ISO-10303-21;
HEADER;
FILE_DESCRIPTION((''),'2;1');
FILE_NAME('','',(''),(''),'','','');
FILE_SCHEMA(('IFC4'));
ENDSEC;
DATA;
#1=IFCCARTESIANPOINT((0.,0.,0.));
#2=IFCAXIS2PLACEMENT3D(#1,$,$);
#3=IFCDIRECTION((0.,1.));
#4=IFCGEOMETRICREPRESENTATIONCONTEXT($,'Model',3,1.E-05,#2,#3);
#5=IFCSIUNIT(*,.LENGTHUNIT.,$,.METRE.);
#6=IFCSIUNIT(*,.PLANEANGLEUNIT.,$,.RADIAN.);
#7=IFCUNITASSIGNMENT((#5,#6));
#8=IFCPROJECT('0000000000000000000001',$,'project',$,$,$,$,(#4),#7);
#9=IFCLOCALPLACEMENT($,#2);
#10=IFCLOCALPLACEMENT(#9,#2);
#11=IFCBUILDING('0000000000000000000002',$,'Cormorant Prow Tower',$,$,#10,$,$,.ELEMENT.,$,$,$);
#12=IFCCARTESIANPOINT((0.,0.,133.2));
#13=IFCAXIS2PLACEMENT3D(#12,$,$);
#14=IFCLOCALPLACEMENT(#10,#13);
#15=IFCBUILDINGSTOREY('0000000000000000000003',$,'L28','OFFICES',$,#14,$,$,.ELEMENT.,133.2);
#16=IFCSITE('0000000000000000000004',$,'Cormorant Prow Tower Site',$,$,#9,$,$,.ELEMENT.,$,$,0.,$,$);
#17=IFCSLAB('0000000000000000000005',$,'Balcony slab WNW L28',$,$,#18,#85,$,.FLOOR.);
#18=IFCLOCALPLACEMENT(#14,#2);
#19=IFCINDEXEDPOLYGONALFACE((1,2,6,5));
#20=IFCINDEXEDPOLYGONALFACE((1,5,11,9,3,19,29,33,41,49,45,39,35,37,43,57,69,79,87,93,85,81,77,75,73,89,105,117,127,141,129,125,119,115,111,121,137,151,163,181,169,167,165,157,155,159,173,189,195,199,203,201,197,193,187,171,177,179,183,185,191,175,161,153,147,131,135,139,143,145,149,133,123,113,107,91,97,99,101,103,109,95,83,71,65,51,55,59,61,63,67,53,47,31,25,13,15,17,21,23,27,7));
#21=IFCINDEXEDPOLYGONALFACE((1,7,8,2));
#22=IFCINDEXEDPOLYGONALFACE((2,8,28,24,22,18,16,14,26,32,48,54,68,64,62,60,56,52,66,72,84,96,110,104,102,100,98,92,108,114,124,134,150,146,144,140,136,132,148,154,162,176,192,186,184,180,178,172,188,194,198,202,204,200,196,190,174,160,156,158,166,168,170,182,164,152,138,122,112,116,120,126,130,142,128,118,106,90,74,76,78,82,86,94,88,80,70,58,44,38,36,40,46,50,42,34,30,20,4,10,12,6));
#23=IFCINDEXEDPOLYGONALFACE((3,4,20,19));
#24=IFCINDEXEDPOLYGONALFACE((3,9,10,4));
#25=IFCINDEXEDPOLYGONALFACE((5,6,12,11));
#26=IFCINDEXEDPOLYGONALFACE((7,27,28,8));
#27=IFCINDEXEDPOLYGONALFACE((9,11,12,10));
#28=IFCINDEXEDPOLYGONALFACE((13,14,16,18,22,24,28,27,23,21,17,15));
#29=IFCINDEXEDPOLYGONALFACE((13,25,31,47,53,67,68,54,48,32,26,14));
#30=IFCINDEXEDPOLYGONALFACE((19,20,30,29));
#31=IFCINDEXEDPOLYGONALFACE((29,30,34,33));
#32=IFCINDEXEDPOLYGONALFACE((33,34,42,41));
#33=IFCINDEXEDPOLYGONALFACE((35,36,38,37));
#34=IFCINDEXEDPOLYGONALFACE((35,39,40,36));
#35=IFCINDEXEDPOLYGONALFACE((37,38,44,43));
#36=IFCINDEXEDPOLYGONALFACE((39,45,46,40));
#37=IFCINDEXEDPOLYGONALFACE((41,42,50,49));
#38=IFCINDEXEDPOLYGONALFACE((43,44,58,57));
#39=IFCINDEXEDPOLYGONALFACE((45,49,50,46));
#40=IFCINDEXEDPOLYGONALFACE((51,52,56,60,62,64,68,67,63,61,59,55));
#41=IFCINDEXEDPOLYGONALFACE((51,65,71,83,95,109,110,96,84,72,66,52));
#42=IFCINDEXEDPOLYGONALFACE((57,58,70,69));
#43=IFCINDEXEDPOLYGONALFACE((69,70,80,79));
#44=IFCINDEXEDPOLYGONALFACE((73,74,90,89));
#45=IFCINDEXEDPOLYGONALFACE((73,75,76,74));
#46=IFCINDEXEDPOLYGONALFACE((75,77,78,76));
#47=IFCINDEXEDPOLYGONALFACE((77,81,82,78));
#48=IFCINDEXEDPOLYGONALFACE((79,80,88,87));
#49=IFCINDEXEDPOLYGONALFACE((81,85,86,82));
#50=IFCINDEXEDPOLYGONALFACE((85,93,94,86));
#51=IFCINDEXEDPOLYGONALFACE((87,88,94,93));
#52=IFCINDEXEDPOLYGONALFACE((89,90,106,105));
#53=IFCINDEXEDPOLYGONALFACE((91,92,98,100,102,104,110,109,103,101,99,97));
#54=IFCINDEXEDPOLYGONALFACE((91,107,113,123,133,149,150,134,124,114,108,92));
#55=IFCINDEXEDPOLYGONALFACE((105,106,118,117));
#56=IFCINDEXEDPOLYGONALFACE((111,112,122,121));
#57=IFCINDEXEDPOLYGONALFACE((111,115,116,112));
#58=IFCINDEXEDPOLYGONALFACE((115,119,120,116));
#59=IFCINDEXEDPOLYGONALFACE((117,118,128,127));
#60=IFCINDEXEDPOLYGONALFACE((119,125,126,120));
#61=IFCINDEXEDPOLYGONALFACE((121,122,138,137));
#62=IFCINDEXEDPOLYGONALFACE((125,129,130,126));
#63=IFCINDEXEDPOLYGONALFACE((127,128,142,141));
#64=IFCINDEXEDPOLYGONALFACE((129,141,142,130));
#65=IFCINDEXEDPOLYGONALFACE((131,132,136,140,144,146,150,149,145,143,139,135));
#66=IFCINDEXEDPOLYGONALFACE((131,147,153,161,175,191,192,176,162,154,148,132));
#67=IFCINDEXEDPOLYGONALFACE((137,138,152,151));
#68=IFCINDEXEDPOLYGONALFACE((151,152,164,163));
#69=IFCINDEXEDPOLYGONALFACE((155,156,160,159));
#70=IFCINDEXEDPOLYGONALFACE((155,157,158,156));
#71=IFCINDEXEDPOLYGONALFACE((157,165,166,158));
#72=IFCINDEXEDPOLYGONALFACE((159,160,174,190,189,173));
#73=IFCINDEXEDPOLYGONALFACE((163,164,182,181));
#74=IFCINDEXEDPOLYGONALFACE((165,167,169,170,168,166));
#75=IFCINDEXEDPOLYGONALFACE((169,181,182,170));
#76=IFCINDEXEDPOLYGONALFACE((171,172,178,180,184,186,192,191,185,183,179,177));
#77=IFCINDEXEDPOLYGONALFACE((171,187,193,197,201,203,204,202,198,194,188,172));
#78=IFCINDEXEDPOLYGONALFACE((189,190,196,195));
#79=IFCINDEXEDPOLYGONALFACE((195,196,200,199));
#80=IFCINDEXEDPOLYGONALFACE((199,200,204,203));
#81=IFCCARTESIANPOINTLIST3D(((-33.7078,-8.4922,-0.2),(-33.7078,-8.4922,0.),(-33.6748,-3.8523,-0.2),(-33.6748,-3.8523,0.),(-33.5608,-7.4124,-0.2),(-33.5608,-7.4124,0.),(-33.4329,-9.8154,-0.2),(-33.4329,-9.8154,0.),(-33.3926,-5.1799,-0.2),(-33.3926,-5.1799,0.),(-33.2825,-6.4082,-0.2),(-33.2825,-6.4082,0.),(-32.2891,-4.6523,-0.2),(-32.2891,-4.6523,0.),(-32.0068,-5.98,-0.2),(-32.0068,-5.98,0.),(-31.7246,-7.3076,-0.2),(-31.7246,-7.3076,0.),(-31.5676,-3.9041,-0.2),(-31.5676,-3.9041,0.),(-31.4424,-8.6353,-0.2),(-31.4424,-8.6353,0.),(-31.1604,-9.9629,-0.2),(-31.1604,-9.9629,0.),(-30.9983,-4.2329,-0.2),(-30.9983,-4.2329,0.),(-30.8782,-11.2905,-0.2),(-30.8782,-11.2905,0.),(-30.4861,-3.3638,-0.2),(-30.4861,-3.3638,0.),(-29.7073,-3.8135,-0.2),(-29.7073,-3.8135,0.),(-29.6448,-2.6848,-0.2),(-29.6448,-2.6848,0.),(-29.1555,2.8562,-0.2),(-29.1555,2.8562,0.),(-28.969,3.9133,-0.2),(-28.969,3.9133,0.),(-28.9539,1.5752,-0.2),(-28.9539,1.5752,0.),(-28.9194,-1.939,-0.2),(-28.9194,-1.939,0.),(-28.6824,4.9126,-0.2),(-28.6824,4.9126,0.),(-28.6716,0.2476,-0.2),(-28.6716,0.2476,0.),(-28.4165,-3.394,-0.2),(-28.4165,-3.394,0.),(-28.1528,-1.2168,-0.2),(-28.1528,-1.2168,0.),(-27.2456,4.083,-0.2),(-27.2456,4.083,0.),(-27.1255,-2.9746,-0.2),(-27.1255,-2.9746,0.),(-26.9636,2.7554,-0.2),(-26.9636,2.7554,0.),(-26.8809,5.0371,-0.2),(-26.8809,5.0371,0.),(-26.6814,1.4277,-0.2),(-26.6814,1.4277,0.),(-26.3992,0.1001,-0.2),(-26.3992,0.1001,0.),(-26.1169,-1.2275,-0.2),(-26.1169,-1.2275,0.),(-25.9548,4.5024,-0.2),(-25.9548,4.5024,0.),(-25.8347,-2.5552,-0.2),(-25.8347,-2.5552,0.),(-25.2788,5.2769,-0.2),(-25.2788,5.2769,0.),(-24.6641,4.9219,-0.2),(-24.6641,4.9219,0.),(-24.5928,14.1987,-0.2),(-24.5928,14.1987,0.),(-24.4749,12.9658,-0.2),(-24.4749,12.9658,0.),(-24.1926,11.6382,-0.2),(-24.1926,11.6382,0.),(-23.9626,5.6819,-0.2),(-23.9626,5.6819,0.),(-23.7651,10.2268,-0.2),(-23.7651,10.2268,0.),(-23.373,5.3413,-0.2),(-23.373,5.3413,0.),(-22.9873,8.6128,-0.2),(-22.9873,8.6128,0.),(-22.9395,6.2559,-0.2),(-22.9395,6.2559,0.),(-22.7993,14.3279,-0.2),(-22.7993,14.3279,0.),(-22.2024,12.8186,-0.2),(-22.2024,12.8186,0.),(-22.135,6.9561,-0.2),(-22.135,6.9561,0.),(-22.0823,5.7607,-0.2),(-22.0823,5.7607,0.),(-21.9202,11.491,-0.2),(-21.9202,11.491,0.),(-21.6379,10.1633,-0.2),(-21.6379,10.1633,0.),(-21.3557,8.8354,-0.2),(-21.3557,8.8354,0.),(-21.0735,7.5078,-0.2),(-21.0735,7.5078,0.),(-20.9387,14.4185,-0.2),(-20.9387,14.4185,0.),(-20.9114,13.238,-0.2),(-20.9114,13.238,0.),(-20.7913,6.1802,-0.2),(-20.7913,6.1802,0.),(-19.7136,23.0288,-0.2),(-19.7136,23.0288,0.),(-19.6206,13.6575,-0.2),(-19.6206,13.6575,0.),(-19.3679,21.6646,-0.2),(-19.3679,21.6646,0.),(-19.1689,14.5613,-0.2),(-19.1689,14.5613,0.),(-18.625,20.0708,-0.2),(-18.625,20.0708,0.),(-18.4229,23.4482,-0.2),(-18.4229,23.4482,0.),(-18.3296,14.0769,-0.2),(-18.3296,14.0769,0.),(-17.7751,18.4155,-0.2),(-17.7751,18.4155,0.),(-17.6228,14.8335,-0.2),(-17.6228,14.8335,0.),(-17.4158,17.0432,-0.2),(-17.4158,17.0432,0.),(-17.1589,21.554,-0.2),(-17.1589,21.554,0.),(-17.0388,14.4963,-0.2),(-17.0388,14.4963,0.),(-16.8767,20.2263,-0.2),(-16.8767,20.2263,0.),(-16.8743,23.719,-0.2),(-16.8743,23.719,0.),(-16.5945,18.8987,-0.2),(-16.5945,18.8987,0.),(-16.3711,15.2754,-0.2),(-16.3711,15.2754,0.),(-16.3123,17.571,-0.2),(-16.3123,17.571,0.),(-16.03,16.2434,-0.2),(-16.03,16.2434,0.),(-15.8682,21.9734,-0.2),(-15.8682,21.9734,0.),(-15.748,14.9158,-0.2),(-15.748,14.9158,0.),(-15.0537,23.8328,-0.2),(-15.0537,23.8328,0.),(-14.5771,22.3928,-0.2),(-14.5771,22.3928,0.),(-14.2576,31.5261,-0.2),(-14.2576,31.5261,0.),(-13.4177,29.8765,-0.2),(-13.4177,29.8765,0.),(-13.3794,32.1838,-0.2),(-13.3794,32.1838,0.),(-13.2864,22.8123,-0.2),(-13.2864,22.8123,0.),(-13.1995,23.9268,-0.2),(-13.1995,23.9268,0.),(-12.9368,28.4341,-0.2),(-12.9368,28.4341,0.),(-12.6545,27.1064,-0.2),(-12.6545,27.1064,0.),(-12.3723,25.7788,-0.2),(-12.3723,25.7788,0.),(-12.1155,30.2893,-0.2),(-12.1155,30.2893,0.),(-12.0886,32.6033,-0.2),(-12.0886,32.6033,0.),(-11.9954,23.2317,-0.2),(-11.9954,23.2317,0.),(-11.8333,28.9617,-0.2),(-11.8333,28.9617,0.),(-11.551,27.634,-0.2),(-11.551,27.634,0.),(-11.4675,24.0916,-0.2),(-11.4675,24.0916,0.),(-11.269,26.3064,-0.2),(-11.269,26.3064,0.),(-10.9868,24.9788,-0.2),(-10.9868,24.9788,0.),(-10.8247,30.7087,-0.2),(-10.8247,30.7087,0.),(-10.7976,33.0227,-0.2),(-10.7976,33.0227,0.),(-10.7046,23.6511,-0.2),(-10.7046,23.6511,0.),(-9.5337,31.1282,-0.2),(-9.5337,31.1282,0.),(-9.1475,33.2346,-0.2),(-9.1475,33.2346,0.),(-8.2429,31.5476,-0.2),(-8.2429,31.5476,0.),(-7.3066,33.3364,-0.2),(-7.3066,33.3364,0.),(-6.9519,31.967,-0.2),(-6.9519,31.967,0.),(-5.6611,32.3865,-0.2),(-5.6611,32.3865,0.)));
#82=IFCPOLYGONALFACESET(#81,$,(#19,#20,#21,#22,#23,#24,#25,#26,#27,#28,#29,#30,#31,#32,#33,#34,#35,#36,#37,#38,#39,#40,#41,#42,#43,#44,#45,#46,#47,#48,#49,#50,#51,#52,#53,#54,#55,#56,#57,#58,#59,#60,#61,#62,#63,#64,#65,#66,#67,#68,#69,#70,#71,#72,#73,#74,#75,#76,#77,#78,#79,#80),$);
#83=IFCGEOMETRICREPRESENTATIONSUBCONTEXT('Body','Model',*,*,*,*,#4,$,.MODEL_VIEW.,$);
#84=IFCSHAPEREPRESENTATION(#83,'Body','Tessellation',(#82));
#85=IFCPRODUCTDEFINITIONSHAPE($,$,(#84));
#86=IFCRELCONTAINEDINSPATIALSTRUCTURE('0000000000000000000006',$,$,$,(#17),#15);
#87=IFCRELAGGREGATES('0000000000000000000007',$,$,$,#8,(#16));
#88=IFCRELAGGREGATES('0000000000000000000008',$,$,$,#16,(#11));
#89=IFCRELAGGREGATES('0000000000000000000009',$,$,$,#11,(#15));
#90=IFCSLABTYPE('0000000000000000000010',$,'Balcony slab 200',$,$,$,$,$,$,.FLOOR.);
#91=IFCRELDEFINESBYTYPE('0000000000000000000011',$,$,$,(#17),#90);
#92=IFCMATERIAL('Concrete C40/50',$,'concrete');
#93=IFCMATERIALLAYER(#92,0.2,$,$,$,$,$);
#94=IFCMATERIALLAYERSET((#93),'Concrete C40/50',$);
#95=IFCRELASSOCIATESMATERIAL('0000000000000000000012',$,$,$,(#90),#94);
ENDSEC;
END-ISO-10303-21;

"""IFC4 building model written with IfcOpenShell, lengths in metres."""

from ifc_helpers import new_model, si_unit, direction, frame, origin, place, context, subcontext, project, spatial, polyline, outline, extrude, material, layer, layer_set, type_object, element, save


model = new_model("IFC4")

# Units and contexts
model_context = context("Model", 3, precision=1e-05, world=origin(), true_north=direction((0.0, 1.0)))
body_context = subcontext(model_context, "Body", "Model", "MODEL_VIEW")
ifc_project = project(units=[si_unit("LENGTHUNIT", "METRE"), si_unit("PLANEANGLEUNIT", "RADIAN")], contexts=[model_context])

# Site, building, storey
site_placement = place(None, origin())
site = spatial("IfcSite", under=ifc_project, at=site_placement, Name="Cormorant Prow Tower Site", CompositionType="ELEMENT", RefElevation=0.0)
building_placement = place(site_placement, origin())
building = spatial("IfcBuilding", under=site, at=building_placement, Name="Cormorant Prow Tower", CompositionType="ELEMENT")
storey_placement = place(building_placement, frame((0.0, 0.0, 133.2)))
storey = spatial("IfcBuildingStorey", under=building, at=storey_placement, Name="L28", Description="OFFICES", CompositionType="ELEMENT", Elevation=133.2)

# Slab
ifc_material_1 = material(Name="Concrete C40/50", Category="concrete")
ifc_layer_1 = layer(ifc_material_1, 0.2)
ifc_layer_set_1 = layer_set([ifc_layer_1], Name="Concrete C40/50")
slab_type_1 = type_object("IfcSlabType", Name="Balcony slab 200", PredefinedType="FLOOR", material=ifc_layer_set_1)
slab_1_placement = place(storey_placement, frame((0.0, 0.0, -0.2)))
element("IfcSlab", 1, at=slab_1_placement, inside=storey, type_object=slab_type_1, Name="Balcony slab WNW L28", PredefinedType="FLOOR", context=body_context, shape_type="SweptSolid", body=[
    extrude(outline(polyline([(-5.6611, 32.3865), (-7.3066, 33.3364), (-9.1475, 33.2346), (-10.7976, 33.0227), (-12.0886, 32.6033), (-13.3794, 32.1838), (-14.2576, 31.5261), (-13.4177, 29.8765), (-12.9368, 28.4341), (-12.6545, 27.1064), (-12.3723, 25.7788), (-11.4675, 24.0916), (-13.1995, 23.9268), (-15.0537, 23.8328), (-16.8743, 23.719), (-18.4229, 23.4482), (-19.7136, 23.0288), (-19.3679, 21.6646), (-18.625, 20.0708), (-17.7751, 18.4155), (-17.4158, 17.0432), (-16.3711, 15.2754), (-17.6228, 14.8335), (-19.1689, 14.5613), (-20.9387, 14.4185), (-22.7993, 14.3279), (-24.5928, 14.1987), (-24.4749, 12.9658), (-24.1926, 11.6382), (-23.7651, 10.2268), (-22.9873, 8.6128), (-22.135, 6.9561), (-22.9395, 6.2559), (-23.9626, 5.6819), (-25.2788, 5.2769), (-26.8809, 5.0371), (-28.6824, 4.9126), (-28.969, 3.9133), (-29.1555, 2.8562), (-28.9539, 1.5752), (-28.6716, 0.2476), (-28.1528, -1.2168), (-28.9194, -1.939), (-29.6448, -2.6848), (-30.4861, -3.3638), (-31.5676, -3.9041), (-33.6748, -3.8523), (-33.3926, -5.1799), (-33.2825, -6.4082), (-33.5608, -7.4124), (-33.7078, -8.4922), (-33.4329, -9.8154), (-30.8782, -11.2905), (-31.1604, -9.9629), (-31.4424, -8.6353), (-31.7246, -7.3076), (-32.0068, -5.98), (-32.2891, -4.6523), (-30.9983, -4.2329), (-29.7073, -3.8135), (-28.4165, -3.394), (-27.1255, -2.9746), (-25.8347, -2.5552), (-26.1169, -1.2275), (-26.3992, 0.1001), (-26.6814, 1.4277), (-26.9636, 2.7554), (-27.2456, 4.083), (-25.9548, 4.5024), (-24.6641, 4.9219), (-23.373, 5.3413), (-22.0823, 5.7607), (-20.7913, 6.1802), (-21.0735, 7.5078), (-21.3557, 8.8354), (-21.6379, 10.1633), (-21.9202, 11.491), (-22.2024, 12.8186), (-20.9114, 13.238), (-19.6206, 13.6575), (-18.3296, 14.0769), (-17.0388, 14.4963), (-15.748, 14.9158), (-16.03, 16.2434), (-16.3123, 17.571), (-16.5945, 18.8987), (-16.8767, 20.2263), (-17.1589, 21.554), (-15.8682, 21.9734), (-14.5771, 22.3928), (-13.2864, 22.8123), (-11.9954, 23.2317), (-10.7046, 23.6511), (-10.9868, 24.9788), (-11.269, 26.3064), (-11.551, 27.634), (-11.8333, 28.9617), (-12.1155, 30.2893), (-10.8247, 30.7087), (-9.5337, 31.1282), (-8.2429, 31.5476), (-6.9519, 31.967), (-5.6611, 32.3865)])), origin(), (0.0, 0.0, 1.0), 0.2),
])

save(model, "model.ifc")
